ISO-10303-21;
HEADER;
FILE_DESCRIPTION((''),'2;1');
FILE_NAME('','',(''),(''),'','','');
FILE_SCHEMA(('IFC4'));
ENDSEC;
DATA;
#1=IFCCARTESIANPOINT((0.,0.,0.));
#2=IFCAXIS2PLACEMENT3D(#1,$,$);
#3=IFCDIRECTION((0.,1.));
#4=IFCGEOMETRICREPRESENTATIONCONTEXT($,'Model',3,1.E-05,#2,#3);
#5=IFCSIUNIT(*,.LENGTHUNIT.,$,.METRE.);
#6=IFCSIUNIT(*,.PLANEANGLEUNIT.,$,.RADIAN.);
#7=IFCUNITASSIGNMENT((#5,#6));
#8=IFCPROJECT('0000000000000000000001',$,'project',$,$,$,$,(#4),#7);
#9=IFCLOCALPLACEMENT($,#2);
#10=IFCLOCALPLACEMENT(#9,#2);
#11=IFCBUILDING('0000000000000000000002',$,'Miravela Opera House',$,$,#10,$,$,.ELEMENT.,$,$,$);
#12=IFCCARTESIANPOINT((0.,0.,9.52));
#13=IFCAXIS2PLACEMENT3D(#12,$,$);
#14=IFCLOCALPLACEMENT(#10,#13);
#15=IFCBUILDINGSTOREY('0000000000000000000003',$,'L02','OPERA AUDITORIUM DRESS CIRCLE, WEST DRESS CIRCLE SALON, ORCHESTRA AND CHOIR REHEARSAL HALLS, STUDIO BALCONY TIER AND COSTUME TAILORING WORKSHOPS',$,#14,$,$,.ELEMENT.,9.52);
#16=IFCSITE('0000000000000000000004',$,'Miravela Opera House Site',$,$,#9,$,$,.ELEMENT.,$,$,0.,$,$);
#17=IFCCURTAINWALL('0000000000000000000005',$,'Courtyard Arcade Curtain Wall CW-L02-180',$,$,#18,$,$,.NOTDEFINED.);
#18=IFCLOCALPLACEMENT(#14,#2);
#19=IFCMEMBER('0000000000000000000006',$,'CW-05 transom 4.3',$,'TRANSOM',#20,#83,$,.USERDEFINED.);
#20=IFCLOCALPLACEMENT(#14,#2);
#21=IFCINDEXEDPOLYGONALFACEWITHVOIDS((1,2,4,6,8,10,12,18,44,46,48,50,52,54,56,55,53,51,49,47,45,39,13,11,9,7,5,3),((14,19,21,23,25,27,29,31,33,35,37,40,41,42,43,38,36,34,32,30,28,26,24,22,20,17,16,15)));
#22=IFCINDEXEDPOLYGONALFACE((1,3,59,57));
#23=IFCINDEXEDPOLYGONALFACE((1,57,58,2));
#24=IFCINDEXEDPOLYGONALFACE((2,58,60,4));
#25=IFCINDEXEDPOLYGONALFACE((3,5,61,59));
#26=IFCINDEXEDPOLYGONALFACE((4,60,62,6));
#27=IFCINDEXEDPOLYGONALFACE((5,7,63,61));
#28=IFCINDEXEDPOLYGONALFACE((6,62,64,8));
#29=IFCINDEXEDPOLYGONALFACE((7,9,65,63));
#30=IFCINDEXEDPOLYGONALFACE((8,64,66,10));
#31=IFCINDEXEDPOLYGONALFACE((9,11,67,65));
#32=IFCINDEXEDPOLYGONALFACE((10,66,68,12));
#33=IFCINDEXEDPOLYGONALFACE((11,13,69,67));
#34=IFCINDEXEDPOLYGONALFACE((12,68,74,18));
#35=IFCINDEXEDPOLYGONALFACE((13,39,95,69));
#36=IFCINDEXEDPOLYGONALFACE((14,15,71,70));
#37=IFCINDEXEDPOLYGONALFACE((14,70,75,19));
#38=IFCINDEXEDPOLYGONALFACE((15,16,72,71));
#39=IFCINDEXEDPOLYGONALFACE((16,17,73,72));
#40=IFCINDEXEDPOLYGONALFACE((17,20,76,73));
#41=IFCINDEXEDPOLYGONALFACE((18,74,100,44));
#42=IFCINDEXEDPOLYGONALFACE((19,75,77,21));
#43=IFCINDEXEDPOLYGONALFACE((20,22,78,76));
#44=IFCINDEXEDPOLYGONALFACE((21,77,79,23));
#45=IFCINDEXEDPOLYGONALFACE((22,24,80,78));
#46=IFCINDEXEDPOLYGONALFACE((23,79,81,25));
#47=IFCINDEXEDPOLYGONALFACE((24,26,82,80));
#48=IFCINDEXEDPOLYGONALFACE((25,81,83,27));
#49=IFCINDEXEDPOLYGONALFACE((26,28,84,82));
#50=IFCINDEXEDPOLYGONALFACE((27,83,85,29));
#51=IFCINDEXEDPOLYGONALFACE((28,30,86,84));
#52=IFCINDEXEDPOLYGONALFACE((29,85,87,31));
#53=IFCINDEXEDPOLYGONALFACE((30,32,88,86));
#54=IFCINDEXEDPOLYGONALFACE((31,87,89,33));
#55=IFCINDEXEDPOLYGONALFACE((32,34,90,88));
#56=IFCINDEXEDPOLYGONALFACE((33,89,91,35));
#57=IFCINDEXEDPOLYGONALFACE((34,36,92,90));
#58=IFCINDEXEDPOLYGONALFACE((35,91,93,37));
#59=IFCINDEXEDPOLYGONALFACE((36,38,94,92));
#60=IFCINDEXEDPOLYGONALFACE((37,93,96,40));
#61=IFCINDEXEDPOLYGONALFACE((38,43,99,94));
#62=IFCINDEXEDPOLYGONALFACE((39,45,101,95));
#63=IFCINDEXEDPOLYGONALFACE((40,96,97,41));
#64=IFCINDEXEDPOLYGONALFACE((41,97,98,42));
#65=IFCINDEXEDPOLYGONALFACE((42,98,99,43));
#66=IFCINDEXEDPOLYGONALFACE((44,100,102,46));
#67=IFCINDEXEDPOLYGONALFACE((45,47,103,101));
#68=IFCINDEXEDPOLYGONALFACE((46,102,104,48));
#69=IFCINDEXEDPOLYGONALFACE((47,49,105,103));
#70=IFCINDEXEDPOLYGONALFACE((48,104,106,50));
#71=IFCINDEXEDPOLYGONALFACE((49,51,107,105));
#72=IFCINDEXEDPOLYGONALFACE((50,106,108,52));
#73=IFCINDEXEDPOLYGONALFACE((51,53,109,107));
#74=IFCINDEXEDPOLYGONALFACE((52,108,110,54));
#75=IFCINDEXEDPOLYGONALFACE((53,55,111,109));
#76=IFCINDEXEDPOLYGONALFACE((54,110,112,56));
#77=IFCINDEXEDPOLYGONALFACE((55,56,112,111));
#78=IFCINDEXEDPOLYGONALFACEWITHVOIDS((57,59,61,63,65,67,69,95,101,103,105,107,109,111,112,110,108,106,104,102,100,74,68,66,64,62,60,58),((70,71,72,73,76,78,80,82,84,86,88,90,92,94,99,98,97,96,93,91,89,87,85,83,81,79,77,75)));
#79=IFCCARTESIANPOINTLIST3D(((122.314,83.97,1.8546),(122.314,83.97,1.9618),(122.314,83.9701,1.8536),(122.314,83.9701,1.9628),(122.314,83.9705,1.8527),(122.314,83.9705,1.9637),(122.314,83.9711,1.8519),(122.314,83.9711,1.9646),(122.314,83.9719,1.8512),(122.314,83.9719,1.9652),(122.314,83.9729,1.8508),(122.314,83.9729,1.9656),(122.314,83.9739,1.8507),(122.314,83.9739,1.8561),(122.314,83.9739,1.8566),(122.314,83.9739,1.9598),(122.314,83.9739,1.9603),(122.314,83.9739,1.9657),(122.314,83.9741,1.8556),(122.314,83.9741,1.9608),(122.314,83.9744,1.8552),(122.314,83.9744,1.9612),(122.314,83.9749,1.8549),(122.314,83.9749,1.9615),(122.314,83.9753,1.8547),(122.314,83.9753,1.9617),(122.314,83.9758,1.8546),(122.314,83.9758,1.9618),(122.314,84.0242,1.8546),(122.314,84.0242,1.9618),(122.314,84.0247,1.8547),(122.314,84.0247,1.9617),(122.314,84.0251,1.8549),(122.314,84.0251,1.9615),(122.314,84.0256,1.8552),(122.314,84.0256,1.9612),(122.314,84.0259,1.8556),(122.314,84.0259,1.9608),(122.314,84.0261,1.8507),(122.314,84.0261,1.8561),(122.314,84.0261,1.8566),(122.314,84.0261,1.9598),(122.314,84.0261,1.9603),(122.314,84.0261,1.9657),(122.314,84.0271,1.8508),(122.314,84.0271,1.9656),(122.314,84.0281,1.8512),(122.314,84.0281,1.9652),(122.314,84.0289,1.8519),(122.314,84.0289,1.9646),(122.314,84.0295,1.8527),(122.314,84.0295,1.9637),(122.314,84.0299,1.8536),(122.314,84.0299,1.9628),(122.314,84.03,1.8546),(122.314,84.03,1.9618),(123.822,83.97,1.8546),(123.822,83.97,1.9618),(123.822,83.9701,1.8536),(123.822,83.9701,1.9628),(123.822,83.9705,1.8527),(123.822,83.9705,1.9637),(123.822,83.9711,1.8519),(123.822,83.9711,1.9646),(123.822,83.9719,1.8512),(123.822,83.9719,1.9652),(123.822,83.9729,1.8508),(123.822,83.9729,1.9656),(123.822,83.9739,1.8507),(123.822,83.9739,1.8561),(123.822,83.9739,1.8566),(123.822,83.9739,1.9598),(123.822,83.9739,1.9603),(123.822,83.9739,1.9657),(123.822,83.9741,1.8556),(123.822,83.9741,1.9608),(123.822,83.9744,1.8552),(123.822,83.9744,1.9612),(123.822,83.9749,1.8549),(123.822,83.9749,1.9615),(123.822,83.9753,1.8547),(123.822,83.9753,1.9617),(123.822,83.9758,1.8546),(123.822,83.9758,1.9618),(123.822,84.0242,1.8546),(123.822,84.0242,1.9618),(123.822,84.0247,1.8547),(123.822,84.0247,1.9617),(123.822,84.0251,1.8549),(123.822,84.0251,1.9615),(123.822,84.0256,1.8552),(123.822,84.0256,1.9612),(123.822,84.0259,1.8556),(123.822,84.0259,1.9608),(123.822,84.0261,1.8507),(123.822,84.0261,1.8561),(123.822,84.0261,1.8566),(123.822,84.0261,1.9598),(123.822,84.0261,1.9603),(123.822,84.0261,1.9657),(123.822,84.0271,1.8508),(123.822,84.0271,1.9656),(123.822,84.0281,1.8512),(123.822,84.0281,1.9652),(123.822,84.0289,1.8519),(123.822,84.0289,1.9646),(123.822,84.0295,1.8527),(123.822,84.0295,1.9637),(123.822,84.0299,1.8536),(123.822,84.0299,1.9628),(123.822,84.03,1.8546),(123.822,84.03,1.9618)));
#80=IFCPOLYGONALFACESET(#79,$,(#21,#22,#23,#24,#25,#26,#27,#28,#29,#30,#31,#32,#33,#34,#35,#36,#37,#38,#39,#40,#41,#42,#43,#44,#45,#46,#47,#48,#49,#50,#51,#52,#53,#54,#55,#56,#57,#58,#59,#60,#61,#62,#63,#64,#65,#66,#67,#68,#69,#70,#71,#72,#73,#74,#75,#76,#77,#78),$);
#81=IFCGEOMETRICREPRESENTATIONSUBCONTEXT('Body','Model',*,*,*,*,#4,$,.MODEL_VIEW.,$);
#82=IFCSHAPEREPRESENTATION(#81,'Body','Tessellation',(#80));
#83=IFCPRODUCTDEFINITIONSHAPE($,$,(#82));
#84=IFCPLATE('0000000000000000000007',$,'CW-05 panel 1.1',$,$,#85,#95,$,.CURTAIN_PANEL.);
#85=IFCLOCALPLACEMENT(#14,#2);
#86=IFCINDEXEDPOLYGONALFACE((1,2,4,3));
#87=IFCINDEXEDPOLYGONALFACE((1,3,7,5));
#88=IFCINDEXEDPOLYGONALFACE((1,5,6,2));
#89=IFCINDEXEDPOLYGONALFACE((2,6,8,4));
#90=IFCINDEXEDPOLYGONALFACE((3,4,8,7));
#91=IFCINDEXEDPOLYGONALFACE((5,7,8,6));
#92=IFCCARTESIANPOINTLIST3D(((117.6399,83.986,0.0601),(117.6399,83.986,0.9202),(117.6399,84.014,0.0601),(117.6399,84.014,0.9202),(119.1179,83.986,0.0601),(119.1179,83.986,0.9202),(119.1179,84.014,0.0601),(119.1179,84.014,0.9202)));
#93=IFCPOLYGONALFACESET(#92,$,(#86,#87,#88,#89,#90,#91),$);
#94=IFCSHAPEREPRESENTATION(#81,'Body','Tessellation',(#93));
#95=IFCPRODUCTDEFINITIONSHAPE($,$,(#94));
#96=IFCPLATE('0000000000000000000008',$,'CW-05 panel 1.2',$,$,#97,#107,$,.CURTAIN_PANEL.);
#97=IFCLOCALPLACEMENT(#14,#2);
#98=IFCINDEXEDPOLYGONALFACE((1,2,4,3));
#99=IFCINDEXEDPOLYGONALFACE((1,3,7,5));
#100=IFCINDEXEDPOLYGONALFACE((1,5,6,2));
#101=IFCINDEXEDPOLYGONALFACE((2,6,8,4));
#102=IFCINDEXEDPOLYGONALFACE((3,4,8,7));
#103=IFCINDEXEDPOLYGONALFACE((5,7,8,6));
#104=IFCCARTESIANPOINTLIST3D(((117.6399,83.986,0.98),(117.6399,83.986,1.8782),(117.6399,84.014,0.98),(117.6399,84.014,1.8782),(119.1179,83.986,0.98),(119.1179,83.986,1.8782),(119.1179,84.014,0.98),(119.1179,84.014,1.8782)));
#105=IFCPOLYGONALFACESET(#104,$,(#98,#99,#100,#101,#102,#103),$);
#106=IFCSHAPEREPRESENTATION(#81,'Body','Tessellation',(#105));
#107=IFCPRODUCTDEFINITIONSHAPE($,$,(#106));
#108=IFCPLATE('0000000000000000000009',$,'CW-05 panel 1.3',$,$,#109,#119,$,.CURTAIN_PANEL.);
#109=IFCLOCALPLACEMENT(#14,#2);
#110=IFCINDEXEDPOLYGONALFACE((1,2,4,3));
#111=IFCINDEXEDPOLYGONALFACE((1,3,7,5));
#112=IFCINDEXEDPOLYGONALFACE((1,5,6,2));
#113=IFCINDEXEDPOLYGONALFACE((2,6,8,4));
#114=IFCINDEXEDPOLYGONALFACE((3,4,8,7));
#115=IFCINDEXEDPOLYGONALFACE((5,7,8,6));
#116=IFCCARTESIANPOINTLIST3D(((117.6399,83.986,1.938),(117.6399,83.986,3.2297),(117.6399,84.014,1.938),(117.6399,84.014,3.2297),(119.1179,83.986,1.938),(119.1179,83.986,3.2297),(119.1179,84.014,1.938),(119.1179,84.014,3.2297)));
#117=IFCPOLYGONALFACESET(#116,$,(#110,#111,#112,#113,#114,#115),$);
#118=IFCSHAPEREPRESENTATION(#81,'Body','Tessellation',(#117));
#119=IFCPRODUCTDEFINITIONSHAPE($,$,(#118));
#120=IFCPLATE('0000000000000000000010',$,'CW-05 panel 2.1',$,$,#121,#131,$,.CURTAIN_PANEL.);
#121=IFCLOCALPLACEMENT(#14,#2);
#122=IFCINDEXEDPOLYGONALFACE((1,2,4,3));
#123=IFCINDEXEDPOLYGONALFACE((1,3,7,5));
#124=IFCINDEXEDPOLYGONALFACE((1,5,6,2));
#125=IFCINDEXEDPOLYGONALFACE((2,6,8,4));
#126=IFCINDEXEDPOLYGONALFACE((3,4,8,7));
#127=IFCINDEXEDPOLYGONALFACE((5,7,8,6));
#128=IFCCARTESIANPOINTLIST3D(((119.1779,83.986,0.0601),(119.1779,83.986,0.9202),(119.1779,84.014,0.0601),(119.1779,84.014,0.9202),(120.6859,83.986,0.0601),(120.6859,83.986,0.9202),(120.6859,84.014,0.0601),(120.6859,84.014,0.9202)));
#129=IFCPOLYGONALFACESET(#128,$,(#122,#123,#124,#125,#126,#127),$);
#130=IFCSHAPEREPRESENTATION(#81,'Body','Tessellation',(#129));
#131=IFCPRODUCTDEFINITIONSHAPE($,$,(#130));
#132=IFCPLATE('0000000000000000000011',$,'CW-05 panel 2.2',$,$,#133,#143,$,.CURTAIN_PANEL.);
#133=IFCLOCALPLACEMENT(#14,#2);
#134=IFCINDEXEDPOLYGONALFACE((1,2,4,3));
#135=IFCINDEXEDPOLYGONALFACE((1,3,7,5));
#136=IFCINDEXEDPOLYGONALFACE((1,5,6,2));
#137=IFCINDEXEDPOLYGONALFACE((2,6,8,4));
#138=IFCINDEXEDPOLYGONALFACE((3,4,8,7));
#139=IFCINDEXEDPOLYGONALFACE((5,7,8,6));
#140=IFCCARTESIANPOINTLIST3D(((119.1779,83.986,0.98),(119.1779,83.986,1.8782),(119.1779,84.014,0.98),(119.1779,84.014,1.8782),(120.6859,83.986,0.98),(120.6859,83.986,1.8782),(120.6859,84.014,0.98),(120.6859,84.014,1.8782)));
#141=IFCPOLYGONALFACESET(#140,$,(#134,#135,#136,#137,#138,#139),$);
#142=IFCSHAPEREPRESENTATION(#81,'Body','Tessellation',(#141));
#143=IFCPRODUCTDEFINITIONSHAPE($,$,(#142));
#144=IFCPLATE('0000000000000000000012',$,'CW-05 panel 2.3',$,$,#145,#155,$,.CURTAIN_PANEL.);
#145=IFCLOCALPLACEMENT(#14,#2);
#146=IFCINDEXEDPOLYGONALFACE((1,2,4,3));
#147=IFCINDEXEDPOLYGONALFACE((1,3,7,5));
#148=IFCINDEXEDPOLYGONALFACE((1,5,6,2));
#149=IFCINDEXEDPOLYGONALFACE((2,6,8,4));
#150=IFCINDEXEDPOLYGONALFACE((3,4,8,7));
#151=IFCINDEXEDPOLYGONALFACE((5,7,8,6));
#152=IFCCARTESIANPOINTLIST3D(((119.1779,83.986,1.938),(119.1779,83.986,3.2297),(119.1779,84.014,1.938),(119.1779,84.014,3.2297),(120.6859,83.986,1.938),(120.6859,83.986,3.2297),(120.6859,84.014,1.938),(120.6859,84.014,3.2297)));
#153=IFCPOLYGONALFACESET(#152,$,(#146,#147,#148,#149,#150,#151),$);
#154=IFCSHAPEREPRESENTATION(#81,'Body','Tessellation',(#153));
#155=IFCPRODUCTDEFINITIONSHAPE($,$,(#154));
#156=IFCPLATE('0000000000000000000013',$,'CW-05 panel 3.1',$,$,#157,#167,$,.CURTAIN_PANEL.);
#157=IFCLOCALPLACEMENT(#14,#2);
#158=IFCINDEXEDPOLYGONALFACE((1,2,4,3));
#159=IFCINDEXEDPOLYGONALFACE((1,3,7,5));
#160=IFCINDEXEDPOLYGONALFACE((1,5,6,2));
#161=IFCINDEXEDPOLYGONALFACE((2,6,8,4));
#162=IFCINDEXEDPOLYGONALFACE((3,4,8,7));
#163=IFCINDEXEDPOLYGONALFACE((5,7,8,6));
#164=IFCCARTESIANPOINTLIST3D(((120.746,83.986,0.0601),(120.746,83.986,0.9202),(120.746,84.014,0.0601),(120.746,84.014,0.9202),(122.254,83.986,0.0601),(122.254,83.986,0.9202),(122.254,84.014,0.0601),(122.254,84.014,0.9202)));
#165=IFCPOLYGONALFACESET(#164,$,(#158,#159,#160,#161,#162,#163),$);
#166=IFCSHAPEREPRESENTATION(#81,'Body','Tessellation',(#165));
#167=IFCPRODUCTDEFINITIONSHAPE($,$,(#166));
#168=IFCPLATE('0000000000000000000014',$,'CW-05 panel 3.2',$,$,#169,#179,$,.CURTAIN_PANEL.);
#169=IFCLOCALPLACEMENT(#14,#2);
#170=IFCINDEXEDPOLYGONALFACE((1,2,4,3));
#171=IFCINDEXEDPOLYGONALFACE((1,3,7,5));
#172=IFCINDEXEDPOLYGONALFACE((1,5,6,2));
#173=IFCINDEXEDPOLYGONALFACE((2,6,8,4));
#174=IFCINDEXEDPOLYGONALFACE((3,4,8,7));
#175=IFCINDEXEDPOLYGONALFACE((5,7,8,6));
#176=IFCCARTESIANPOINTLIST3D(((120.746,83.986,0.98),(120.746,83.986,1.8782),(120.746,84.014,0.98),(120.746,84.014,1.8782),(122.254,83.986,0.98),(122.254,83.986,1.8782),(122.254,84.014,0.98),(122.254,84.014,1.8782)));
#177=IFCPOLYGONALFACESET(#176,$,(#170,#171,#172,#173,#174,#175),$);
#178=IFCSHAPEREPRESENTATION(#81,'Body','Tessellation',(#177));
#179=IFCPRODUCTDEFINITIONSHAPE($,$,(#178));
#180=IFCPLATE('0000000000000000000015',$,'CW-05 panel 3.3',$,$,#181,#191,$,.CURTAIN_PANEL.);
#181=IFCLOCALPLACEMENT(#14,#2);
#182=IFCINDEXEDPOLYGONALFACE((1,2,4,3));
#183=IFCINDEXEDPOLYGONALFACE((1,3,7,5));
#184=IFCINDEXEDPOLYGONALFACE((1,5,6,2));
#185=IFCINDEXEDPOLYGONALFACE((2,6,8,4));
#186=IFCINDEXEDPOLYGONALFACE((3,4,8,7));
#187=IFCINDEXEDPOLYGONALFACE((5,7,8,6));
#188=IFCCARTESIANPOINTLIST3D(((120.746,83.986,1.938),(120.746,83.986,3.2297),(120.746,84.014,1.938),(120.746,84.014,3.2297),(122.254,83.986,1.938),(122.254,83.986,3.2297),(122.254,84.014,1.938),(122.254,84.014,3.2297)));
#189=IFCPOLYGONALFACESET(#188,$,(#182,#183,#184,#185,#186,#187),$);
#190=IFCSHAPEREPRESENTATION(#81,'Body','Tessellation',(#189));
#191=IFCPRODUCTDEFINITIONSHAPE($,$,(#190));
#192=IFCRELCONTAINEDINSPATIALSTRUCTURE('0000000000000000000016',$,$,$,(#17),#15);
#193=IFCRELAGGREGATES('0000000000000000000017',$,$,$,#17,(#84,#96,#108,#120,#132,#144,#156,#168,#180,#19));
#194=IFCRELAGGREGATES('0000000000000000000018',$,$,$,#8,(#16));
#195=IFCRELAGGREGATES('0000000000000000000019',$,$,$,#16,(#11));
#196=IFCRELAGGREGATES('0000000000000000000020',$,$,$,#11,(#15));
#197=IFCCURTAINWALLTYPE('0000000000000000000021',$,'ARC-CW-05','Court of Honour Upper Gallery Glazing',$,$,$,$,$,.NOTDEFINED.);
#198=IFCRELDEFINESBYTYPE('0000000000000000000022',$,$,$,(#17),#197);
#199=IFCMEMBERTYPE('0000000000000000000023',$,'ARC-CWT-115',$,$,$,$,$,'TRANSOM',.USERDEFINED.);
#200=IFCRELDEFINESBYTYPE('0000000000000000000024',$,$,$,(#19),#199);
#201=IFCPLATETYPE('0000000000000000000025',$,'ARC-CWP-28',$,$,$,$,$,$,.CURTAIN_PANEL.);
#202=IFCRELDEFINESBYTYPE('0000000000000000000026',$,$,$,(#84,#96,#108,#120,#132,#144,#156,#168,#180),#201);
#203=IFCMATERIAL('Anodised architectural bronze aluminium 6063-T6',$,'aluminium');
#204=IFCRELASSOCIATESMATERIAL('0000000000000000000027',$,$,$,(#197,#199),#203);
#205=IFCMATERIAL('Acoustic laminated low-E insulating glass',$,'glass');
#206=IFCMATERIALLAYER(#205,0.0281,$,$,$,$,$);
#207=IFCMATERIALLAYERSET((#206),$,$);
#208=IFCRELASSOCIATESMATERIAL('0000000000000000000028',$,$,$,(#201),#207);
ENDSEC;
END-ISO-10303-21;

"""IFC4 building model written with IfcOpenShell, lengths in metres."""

from ifc_helpers import new_model, si_unit, direction, frame, origin, origin_2d, place, context, subcontext, project, spatial, rectangle, hollow_rectangle, extrude, material, layer, layer_set, material_profile, profile_set, type_object, element, aggregate, save


model = new_model("IFC4")

# Units and contexts
model_context = context("Model", 3, precision=1e-05, world=origin(), true_north=direction((0.0, 1.0)))
body_context = subcontext(model_context, "Body", "Model", "MODEL_VIEW")
ifc_project = project(units=[si_unit("LENGTHUNIT", "METRE"), si_unit("PLANEANGLEUNIT", "RADIAN")], contexts=[model_context])

# Site, building, storey
site_placement = place(None, origin())
site = spatial("IfcSite", under=ifc_project, at=site_placement, Name="Miravela Opera House Site", CompositionType="ELEMENT", RefElevation=0.0)
building_placement = place(site_placement, origin())
building = spatial("IfcBuilding", under=site, at=building_placement, Name="Miravela Opera House", CompositionType="ELEMENT")
storey_placement = place(building_placement, frame((0.0, 0.0, 9.52)))
storey = spatial("IfcBuildingStorey", under=building, at=storey_placement, Name="L02", Description="OPERA AUDITORIUM DRESS CIRCLE, WEST DRESS CIRCLE SALON, ORCHESTRA AND CHOIR REHEARSAL HALLS, STUDIO BALCONY TIER AND COSTUME TAILORING WORKSHOPS", CompositionType="ELEMENT", Elevation=9.52)

# Curtain wall, member, plates
ifc_material_1 = material(Name="Anodised architectural bronze aluminium 6063-T6", Category="aluminium")
curtain_wall_type = type_object("IfcCurtainWallType", Name="ARC-CW-05", Description="Court of Honour Upper Gallery Glazing", PredefinedType="NOTDEFINED", material=ifc_material_1)
curtain_wall_placement = place(storey_placement, origin())
curtain_wall = element("IfcCurtainWall", 1, at=curtain_wall_placement, inside=storey, type_object=curtain_wall_type, Name="Courtyard Arcade Curtain Wall CW-L02-180", PredefinedType="NOTDEFINED")
ifc_material_profile_1 = material_profile(ifc_material_1, hollow_rectangle(XDim=0.0601, YDim=0.115, WallThickness=0.0039, InnerFilletRadius=0.002, OuterFilletRadius=0.0039, at=origin_2d()), Name="CWT-60X115")
ifc_profile_set_1 = profile_set([ifc_material_profile_1])
member_type_1 = type_object("IfcMemberType", Name="ARC-CWT-115", ElementType="TRANSOM", PredefinedType="USERDEFINED", material=ifc_profile_set_1)
member_1_placement = place(storey_placement, frame((122.314, 84.0, 1.9082), z_axis=(1.0, 0.0, 0.0), x_axis=(0.0, 1.0, 0.0)))
member_1 = element("IfcMember", 2, at=member_1_placement, type_object=member_type_1, Name="CW-05 transom 4.3", ObjectType="TRANSOM", PredefinedType="USERDEFINED", context=body_context, shape_type="SweptSolid", body=[
    extrude(hollow_rectangle(XDim=0.0601, YDim=0.115, WallThickness=0.0039, InnerFilletRadius=0.002, OuterFilletRadius=0.0039, at=origin_2d()), origin(), (0.0, 0.0, 1.0), 1.5081),
])
ifc_material_2 = material(Name="Acoustic laminated low-E insulating glass", Category="glass")
ifc_layer = layer(ifc_material_2, 0.0281)
ifc_layer_set = layer_set([ifc_layer])
plate_type = type_object("IfcPlateType", Name="ARC-CWP-28", PredefinedType="CURTAIN_PANEL", material=ifc_layer_set)
plate_1_placement = place(storey_placement, frame((118.3789, 84.0, 0.0601), z_axis=(0.0, 0.0, 1.0), x_axis=(1.0, 0.0, 0.0)))
plate_1 = element("IfcPlate", 3, at=plate_1_placement, type_object=plate_type, Name="CW-05 panel 1.1", PredefinedType="CURTAIN_PANEL", context=body_context, shape_type="SweptSolid", body=[
    extrude(rectangle(XDim=1.478, YDim=0.0281, at=origin_2d()), origin(), (0.0, 0.0, 1.0), 0.8601),
])
plate_2_placement = place(storey_placement, frame((118.3789, 84.0, 0.98), z_axis=(0.0, 0.0, 1.0), x_axis=(1.0, 0.0, 0.0)))
plate_2 = element("IfcPlate", 4, at=plate_2_placement, type_object=plate_type, Name="CW-05 panel 1.2", PredefinedType="CURTAIN_PANEL", context=body_context, shape_type="SweptSolid", body=[
    extrude(rectangle(XDim=1.478, YDim=0.0281, at=origin_2d()), origin(), (0.0, 0.0, 1.0), 0.8982),
])
plate_3_placement = place(storey_placement, frame((118.3789, 84.0, 1.938), z_axis=(0.0, 0.0, 1.0), x_axis=(1.0, 0.0, 0.0)))
plate_3 = element("IfcPlate", 5, at=plate_3_placement, type_object=plate_type, Name="CW-05 panel 1.3", PredefinedType="CURTAIN_PANEL", context=body_context, shape_type="SweptSolid", body=[
    extrude(rectangle(XDim=1.478, YDim=0.0281, at=origin_2d()), origin(), (0.0, 0.0, 1.0), 1.2917),
])
plate_4_placement = place(storey_placement, frame((119.9319, 84.0, 0.0601), z_axis=(0.0, 0.0, 1.0), x_axis=(1.0, 0.0, 0.0)))
plate_4 = element("IfcPlate", 6, at=plate_4_placement, type_object=plate_type, Name="CW-05 panel 2.1", PredefinedType="CURTAIN_PANEL", context=body_context, shape_type="SweptSolid", body=[
    extrude(rectangle(XDim=1.5081, YDim=0.0281, at=origin_2d()), origin(), (0.0, 0.0, 1.0), 0.8601),
])
plate_5_placement = place(storey_placement, frame((119.9319, 84.0, 0.98), z_axis=(0.0, 0.0, 1.0), x_axis=(1.0, 0.0, 0.0)))
plate_5 = element("IfcPlate", 7, at=plate_5_placement, type_object=plate_type, Name="CW-05 panel 2.2", PredefinedType="CURTAIN_PANEL", context=body_context, shape_type="SweptSolid", body=[
    extrude(rectangle(XDim=1.5081, YDim=0.0281, at=origin_2d()), origin(), (0.0, 0.0, 1.0), 0.8982),
])
plate_6_placement = place(storey_placement, frame((119.9319, 84.0, 1.938), z_axis=(0.0, 0.0, 1.0), x_axis=(1.0, 0.0, 0.0)))
plate_6 = element("IfcPlate", 8, at=plate_6_placement, type_object=plate_type, Name="CW-05 panel 2.3", PredefinedType="CURTAIN_PANEL", context=body_context, shape_type="SweptSolid", body=[
    extrude(rectangle(XDim=1.5081, YDim=0.0281, at=origin_2d()), origin(), (0.0, 0.0, 1.0), 1.2917),
])
plate_7_placement = place(storey_placement, frame((121.5, 84.0, 0.0601), z_axis=(0.0, 0.0, 1.0), x_axis=(1.0, 0.0, 0.0)))
plate_7 = element("IfcPlate", 9, at=plate_7_placement, type_object=plate_type, Name="CW-05 panel 3.1", PredefinedType="CURTAIN_PANEL", context=body_context, shape_type="SweptSolid", body=[
    extrude(rectangle(XDim=1.5081, YDim=0.0281, at=origin_2d()), origin(), (0.0, 0.0, 1.0), 0.8601),
])
plate_8_placement = place(storey_placement, frame((121.5, 84.0, 0.98), z_axis=(0.0, 0.0, 1.0), x_axis=(1.0, 0.0, 0.0)))
plate_8 = element("IfcPlate", 10, at=plate_8_placement, type_object=plate_type, Name="CW-05 panel 3.2", PredefinedType="CURTAIN_PANEL", context=body_context, shape_type="SweptSolid", body=[
    extrude(rectangle(XDim=1.5081, YDim=0.0281, at=origin_2d()), origin(), (0.0, 0.0, 1.0), 0.8982),
])
plate_9_placement = place(storey_placement, frame((121.5, 84.0, 1.938), z_axis=(0.0, 0.0, 1.0), x_axis=(1.0, 0.0, 0.0)))
plate_9 = element("IfcPlate", 11, at=plate_9_placement, type_object=plate_type, Name="CW-05 panel 3.3", PredefinedType="CURTAIN_PANEL", context=body_context, shape_type="SweptSolid", body=[
    extrude(rectangle(XDim=1.5081, YDim=0.0281, at=origin_2d()), origin(), (0.0, 0.0, 1.0), 1.2917),
])
aggregate(curtain_wall, [plate_1, plate_2, plate_3, plate_4, plate_5, plate_6, plate_7, plate_8, plate_9, member_1])

save(model, "model.ifc")
